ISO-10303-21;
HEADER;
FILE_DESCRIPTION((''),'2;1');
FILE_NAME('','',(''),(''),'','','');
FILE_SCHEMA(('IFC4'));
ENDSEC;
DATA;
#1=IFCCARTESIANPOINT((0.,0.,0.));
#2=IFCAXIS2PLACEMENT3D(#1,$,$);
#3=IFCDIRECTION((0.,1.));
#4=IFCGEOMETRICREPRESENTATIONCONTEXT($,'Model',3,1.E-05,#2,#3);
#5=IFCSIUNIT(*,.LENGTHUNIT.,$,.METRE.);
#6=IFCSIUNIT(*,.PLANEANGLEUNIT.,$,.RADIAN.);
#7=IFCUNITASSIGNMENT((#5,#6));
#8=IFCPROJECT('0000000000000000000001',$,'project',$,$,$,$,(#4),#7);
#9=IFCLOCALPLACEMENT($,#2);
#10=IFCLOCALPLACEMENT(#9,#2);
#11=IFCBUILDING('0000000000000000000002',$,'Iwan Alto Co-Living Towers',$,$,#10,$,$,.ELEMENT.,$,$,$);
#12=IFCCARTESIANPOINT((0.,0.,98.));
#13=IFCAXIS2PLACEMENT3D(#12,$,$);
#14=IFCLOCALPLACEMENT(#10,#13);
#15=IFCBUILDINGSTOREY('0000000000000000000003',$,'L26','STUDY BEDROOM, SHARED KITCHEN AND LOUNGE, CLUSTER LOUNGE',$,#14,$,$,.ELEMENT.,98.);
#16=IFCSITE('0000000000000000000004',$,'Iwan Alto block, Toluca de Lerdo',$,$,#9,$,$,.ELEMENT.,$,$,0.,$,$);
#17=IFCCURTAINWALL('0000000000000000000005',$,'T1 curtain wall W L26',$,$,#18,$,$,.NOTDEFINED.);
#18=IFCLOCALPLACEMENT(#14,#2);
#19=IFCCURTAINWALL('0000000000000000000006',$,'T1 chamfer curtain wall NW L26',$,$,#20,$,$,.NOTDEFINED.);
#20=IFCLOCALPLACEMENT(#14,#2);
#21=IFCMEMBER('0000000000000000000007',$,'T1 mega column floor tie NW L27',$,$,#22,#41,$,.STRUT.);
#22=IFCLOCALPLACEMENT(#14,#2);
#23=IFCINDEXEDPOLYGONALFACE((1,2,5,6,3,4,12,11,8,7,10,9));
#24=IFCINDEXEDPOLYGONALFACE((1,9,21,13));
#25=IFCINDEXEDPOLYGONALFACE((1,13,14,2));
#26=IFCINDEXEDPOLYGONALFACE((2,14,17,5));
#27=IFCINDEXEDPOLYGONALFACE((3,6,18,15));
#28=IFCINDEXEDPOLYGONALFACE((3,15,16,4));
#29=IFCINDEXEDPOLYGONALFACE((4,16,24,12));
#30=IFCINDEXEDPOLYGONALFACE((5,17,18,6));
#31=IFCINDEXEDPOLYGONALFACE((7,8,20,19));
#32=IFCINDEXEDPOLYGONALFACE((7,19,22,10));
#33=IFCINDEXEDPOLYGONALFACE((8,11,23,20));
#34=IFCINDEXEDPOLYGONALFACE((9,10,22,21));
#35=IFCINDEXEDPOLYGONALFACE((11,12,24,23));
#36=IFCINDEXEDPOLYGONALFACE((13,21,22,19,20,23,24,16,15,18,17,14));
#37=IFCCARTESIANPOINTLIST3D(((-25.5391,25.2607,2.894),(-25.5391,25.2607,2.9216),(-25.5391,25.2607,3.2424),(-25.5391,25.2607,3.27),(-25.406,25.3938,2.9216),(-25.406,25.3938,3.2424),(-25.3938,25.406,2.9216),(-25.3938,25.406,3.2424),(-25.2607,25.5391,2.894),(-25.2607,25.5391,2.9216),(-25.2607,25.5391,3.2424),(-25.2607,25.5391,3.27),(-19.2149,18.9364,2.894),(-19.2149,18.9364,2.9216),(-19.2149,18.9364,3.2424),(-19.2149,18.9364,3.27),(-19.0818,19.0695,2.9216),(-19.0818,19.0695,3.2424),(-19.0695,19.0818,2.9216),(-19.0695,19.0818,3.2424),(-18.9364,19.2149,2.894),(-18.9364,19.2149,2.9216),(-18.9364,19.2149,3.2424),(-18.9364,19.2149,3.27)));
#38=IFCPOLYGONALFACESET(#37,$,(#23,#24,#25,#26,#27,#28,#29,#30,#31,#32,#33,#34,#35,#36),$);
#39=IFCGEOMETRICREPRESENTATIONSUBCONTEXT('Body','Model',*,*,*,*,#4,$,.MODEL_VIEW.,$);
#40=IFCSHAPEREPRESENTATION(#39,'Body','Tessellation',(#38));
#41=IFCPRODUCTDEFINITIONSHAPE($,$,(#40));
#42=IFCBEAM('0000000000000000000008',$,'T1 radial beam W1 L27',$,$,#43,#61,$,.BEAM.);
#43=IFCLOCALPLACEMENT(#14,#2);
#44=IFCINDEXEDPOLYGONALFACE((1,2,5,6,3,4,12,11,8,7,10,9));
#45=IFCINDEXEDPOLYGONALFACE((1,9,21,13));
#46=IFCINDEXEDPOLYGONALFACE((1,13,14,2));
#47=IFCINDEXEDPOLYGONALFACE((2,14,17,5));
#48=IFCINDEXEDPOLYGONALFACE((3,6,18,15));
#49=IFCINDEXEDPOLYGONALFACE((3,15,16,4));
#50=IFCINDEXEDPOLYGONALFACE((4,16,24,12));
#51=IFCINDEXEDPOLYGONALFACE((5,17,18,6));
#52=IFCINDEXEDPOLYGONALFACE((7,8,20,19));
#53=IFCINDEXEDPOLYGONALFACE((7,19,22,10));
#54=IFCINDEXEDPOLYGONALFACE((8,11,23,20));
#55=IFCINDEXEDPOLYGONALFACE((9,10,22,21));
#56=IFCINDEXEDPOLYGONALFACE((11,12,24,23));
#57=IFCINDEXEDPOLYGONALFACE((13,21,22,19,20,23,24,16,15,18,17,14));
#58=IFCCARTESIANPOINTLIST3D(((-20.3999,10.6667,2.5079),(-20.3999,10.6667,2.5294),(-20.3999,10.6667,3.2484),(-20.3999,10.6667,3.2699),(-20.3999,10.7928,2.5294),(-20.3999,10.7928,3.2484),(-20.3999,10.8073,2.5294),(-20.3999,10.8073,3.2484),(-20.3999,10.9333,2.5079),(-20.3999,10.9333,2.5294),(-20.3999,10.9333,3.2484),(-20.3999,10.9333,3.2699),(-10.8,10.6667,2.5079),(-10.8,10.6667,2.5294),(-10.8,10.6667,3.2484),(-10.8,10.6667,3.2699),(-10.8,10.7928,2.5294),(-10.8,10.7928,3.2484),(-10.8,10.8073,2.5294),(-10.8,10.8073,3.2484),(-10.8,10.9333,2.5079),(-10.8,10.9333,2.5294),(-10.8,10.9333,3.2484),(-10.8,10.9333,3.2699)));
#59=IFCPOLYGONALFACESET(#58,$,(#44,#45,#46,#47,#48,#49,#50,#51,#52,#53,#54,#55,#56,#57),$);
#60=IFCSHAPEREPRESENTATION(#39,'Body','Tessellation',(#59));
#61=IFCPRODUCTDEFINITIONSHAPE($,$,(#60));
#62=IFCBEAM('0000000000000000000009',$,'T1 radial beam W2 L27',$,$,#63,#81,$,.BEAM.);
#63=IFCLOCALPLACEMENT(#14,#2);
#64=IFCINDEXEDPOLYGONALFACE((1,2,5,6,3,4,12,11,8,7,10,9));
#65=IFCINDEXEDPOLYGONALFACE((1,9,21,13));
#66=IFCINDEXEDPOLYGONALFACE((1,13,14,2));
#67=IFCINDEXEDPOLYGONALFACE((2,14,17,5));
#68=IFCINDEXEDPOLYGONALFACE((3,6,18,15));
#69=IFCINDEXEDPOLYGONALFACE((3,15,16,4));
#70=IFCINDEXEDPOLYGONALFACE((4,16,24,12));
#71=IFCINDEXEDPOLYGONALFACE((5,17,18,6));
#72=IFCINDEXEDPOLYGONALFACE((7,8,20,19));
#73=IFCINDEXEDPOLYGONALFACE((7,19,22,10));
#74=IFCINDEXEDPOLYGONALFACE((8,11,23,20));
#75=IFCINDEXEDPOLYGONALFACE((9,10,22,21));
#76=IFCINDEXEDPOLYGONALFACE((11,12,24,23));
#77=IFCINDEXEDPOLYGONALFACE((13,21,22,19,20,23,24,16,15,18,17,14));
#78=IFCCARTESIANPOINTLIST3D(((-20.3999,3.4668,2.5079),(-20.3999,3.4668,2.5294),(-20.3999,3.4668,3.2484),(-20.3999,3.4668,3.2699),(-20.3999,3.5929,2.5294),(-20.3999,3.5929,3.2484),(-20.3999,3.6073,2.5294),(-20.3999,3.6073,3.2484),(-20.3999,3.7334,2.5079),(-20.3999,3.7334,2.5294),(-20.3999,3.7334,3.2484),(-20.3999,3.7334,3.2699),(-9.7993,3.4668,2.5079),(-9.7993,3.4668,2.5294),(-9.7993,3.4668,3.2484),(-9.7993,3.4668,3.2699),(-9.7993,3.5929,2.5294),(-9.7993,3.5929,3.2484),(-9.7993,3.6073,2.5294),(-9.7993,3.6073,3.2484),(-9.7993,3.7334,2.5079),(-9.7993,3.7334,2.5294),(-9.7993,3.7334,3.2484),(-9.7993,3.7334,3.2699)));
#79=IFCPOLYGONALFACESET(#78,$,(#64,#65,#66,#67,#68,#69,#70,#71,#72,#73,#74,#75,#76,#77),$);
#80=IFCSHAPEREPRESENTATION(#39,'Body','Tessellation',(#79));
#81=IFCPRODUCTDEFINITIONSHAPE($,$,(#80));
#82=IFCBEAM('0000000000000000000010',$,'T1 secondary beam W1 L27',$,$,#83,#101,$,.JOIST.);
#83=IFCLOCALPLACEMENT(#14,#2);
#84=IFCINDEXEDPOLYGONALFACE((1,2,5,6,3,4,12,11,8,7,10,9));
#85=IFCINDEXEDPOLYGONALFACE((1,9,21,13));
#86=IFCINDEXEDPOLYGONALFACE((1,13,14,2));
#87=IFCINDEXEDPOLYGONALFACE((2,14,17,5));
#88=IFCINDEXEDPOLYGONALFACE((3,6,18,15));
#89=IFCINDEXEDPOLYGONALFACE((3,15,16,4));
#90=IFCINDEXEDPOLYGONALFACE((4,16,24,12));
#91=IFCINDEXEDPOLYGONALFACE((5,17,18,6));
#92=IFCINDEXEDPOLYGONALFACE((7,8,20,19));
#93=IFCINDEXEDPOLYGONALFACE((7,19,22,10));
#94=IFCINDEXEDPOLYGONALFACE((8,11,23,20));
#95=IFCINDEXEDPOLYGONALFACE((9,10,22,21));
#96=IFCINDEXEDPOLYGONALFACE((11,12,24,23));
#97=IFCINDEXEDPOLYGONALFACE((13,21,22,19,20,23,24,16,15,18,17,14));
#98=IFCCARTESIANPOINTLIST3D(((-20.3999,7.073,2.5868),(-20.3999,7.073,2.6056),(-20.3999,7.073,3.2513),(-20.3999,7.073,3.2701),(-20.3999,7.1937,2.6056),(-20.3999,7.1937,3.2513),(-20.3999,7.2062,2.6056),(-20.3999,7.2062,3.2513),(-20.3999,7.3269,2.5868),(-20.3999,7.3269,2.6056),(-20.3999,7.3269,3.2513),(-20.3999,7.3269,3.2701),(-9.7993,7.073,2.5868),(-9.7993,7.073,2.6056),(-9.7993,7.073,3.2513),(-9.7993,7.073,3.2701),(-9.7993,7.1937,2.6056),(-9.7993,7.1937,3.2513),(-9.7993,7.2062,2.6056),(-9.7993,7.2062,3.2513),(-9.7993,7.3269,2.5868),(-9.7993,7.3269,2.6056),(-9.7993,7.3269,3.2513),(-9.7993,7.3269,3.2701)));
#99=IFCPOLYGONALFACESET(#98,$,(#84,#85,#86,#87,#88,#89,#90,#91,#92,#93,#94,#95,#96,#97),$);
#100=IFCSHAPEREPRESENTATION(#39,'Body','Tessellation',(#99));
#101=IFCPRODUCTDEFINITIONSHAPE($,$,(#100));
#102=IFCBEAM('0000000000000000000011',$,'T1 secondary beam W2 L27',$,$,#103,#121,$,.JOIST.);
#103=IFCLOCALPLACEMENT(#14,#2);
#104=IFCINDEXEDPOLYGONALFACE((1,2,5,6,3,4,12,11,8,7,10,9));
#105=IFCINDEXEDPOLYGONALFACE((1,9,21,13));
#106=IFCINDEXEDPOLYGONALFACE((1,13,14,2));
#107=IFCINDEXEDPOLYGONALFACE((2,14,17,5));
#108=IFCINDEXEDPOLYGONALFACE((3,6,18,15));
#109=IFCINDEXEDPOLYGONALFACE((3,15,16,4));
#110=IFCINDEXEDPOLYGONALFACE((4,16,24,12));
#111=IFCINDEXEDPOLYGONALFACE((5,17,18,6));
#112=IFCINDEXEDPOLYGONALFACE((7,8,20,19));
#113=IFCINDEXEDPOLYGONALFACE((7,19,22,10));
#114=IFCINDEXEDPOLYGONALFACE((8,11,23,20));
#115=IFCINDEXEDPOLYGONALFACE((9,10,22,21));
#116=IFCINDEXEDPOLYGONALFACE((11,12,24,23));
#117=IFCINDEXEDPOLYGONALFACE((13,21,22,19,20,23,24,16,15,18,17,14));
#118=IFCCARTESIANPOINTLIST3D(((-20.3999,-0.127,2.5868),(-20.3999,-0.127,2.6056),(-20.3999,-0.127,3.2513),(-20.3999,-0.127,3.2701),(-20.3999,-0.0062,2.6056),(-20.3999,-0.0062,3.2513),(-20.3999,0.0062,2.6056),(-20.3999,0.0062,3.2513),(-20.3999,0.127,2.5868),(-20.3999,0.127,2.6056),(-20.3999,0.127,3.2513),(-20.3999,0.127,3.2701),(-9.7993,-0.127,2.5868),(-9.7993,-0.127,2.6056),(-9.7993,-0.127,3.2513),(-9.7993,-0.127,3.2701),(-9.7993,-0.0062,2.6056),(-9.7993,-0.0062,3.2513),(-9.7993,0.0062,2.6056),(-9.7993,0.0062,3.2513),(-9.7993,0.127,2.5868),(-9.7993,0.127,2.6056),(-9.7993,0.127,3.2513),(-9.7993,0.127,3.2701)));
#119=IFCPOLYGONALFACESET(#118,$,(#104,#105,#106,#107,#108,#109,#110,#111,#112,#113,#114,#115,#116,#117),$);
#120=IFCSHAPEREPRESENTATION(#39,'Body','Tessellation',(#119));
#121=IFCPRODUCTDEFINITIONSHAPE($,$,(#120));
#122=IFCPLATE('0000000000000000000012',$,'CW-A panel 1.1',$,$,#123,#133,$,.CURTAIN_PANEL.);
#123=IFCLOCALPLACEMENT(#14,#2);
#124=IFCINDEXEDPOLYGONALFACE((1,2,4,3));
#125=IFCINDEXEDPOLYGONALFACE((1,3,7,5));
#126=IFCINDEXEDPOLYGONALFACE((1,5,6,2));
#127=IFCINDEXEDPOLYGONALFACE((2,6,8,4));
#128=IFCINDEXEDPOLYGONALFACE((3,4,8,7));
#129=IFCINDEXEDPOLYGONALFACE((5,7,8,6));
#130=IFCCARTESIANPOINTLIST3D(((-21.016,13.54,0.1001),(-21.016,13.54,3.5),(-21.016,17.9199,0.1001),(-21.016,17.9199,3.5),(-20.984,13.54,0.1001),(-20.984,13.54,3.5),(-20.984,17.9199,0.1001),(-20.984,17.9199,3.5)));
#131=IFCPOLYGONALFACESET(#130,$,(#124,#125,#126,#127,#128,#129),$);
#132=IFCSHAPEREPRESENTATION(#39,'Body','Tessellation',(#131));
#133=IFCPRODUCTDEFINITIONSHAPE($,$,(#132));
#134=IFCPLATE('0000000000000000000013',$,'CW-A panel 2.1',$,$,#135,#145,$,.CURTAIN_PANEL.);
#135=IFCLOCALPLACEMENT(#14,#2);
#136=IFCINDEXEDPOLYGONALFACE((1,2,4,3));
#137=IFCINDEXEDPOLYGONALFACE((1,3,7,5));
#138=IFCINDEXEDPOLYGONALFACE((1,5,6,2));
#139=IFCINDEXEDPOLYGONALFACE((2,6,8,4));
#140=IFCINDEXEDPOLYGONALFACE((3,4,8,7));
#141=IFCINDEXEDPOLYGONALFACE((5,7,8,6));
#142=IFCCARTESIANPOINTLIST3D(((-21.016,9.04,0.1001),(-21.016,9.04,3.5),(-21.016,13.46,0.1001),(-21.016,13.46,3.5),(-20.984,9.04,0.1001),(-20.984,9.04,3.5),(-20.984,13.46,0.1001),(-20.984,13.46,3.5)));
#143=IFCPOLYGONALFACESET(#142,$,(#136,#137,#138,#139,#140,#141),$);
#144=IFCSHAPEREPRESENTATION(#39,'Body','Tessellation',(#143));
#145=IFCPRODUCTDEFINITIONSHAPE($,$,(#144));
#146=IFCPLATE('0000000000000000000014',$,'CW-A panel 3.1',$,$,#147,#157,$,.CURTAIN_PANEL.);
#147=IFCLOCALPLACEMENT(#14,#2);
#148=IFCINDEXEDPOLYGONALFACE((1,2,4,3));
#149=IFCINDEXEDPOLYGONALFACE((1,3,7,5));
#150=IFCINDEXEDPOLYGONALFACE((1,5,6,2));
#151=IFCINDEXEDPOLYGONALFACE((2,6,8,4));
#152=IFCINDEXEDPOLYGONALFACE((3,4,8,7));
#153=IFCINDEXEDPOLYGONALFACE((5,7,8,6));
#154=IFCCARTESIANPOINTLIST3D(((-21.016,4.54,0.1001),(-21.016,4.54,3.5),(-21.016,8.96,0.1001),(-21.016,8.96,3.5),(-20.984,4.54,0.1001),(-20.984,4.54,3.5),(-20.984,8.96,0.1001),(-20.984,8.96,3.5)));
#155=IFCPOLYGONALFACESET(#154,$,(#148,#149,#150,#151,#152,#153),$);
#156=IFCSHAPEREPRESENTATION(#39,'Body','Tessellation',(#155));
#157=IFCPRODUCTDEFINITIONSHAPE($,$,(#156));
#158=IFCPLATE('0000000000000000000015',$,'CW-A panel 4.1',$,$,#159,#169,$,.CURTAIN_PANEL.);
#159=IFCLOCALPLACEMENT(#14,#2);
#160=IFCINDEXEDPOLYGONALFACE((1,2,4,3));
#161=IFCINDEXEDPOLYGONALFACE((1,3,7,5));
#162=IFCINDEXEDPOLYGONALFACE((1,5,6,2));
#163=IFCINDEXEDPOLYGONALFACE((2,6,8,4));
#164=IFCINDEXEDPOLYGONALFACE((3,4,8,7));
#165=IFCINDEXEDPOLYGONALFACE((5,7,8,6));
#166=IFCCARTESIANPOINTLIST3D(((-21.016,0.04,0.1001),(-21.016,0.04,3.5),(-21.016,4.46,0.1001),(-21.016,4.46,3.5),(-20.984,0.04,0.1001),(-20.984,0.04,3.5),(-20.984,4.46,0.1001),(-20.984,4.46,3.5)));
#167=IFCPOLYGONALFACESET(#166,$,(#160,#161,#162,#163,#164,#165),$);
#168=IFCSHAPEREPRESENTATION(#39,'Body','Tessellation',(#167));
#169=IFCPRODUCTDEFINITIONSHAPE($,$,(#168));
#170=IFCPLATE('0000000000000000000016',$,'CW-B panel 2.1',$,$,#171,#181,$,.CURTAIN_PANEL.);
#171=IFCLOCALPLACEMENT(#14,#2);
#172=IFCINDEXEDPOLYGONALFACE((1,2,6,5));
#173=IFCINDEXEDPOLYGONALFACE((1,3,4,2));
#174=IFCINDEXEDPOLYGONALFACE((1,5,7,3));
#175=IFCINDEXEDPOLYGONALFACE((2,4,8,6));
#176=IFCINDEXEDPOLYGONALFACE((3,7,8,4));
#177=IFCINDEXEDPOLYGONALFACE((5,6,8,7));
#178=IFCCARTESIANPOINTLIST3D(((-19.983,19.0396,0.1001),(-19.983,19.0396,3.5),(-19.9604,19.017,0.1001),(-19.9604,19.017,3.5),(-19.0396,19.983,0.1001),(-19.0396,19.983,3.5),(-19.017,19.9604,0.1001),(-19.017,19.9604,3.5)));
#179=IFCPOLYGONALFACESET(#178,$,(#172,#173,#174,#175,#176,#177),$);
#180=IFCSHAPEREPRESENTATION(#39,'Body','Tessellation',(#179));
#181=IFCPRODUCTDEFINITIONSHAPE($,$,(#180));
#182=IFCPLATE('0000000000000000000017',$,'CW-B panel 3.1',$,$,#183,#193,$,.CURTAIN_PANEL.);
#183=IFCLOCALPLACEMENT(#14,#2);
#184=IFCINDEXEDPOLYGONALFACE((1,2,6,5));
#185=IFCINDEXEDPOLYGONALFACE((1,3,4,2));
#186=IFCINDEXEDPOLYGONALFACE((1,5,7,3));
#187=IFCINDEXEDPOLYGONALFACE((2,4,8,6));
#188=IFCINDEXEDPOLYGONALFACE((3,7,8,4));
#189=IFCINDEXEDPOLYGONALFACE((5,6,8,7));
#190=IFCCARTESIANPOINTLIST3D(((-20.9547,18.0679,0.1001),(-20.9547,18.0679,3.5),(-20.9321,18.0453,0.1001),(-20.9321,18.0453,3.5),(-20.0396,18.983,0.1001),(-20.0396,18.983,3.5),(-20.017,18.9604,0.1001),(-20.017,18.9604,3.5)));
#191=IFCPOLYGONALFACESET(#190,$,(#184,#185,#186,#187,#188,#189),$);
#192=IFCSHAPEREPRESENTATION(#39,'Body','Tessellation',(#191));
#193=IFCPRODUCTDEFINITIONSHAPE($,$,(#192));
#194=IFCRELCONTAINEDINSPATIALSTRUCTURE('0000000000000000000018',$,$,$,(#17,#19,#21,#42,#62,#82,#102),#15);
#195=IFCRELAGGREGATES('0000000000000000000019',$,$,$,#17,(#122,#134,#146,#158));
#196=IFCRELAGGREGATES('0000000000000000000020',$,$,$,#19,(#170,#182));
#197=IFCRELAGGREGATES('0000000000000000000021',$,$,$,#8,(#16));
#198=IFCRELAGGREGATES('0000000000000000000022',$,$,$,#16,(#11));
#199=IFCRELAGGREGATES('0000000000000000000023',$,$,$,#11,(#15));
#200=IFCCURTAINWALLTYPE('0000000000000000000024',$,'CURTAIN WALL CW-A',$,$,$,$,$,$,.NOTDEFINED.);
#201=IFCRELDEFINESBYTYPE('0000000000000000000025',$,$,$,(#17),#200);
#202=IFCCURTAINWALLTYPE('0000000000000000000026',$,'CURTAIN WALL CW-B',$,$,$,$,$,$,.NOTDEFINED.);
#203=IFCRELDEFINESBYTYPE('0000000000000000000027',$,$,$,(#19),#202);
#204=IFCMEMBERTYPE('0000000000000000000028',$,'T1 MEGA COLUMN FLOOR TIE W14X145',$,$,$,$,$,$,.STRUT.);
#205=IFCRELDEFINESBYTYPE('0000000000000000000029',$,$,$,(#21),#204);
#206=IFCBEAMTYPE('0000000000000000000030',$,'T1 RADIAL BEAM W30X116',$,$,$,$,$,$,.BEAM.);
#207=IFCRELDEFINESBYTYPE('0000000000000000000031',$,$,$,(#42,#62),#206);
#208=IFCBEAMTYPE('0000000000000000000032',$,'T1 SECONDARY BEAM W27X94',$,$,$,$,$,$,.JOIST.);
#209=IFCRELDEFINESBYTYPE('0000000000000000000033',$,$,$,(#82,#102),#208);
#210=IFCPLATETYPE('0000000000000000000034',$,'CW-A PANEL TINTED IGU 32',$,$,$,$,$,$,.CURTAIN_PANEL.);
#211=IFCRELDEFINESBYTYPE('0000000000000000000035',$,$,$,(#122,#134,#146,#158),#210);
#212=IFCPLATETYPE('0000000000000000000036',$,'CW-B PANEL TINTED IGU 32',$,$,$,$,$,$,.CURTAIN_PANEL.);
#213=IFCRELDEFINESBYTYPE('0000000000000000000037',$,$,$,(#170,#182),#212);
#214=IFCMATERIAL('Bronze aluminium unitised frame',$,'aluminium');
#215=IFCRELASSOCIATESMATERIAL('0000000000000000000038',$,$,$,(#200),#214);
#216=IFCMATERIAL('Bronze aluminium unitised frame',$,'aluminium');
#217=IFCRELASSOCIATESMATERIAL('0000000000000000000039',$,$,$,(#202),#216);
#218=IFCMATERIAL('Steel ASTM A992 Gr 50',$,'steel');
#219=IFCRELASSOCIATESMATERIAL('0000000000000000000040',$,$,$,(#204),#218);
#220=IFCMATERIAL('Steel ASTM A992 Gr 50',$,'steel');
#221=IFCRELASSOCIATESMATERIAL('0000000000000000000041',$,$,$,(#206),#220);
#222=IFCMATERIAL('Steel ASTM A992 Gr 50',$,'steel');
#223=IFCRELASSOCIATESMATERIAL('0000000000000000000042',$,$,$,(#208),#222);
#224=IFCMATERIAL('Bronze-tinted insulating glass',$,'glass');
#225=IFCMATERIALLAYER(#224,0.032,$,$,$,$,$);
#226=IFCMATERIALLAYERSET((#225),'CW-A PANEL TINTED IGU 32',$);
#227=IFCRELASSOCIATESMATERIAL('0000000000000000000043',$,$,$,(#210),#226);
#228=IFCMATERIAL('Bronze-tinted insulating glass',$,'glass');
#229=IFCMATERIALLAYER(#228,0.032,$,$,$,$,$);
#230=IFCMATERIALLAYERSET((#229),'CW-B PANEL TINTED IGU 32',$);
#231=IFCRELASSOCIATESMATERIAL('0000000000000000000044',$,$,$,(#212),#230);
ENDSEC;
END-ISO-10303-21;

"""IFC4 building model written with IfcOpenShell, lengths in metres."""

from ifc_helpers import new_model, si_unit, direction, frame, origin, origin_2d, place, context, subcontext, project, spatial, rectangle, i_section, extrude, material, layer, layer_set, material_profile, profile_set, type_object, element, aggregate, save


model = new_model("IFC4")

# Units and contexts
model_context = context("Model", 3, precision=1e-05, world=origin(), true_north=direction((0.0, 1.0)))
body_context = subcontext(model_context, "Body", "Model", "MODEL_VIEW")
ifc_project = project(units=[si_unit("LENGTHUNIT", "METRE"), si_unit("PLANEANGLEUNIT", "RADIAN")], contexts=[model_context])

# Site, building, storey
site_placement = place(None, origin())
site = spatial("IfcSite", under=ifc_project, at=site_placement, Name="Iwan Alto block, Toluca de Lerdo", CompositionType="ELEMENT", RefElevation=0.0)
building_placement = place(site_placement, origin())
building = spatial("IfcBuilding", under=site, at=building_placement, Name="Iwan Alto Co-Living Towers", CompositionType="ELEMENT")
storey_placement = place(building_placement, frame((0.0, 0.0, 98.0)))
storey = spatial("IfcBuildingStorey", under=building, at=storey_placement, Name="L26", Description="STUDY BEDROOM, SHARED KITCHEN AND LOUNGE, CLUSTER LOUNGE", CompositionType="ELEMENT", Elevation=98.0)

# Curtain walls
ifc_material_1 = material(Name="Bronze aluminium unitised frame", Category="aluminium")
curtain_wall_type_1 = type_object("IfcCurtainWallType", Name="CURTAIN WALL CW-A", PredefinedType="NOTDEFINED", material=ifc_material_1)
curtain_wall_1_placement = place(storey_placement, origin())
curtain_wall_1 = element("IfcCurtainWall", 1, at=curtain_wall_1_placement, inside=storey, type_object=curtain_wall_type_1, Name="T1 curtain wall W L26", PredefinedType="NOTDEFINED")
ifc_material_2 = material(Name="Bronze aluminium unitised frame", Category="aluminium")
curtain_wall_type_2 = type_object("IfcCurtainWallType", Name="CURTAIN WALL CW-B", PredefinedType="NOTDEFINED", material=ifc_material_2)
curtain_wall_2_placement = place(storey_placement, origin())
curtain_wall_2 = element("IfcCurtainWall", 2, at=curtain_wall_2_placement, inside=storey, type_object=curtain_wall_type_2, Name="T1 chamfer curtain wall NW L26", PredefinedType="NOTDEFINED")

# Member
ifc_material_3 = material(Name="Steel ASTM A992 Gr 50", Category="steel")
ifc_material_profile_1 = material_profile(ifc_material_3, i_section(OverallWidth=0.3938, OverallDepth=0.376, WebThickness=0.0173, FlangeThickness=0.0276, at=origin_2d()), Name="W14X145")
ifc_profile_set_1 = profile_set([ifc_material_profile_1], Name="Steel ASTM A992 Gr 50")
member_type_1 = type_object("IfcMemberType", Name="T1 MEGA COLUMN FLOOR TIE W14X145", PredefinedType="STRUT", material=ifc_profile_set_1)
member_1_placement = place(storey_placement, frame((-25.3999, 25.3999, 3.082), z_axis=(0.707107, -0.707107, 0.0), x_axis=(0.707107, 0.707107, 0.0)))
element("IfcMember", 3, at=member_1_placement, inside=storey, type_object=member_type_1, Name="T1 mega column floor tie NW L27", PredefinedType="STRUT", context=body_context, shape_type="SweptSolid", body=[
    extrude(i_section(OverallWidth=0.3938, OverallDepth=0.376, WebThickness=0.0173, FlangeThickness=0.0276, at=origin_2d()), origin(), (0.0, 0.0, 1.0), 8.9438),
])

# Beams
ifc_material_4 = material(Name="Steel ASTM A992 Gr 50", Category="steel")
ifc_material_profile_2 = material_profile(ifc_material_4, i_section(OverallWidth=0.2666, OverallDepth=0.762, WebThickness=0.0144, FlangeThickness=0.0215, at=origin_2d()), Name="W30X116")
ifc_profile_set_2 = profile_set([ifc_material_profile_2], Name="Steel ASTM A992 Gr 50")
beam_type_1 = type_object("IfcBeamType", Name="T1 RADIAL BEAM W30X116", PredefinedType="BEAM", material=ifc_profile_set_2)
beam_1_placement = place(storey_placement, frame((-20.3999, 10.8, 2.8889), z_axis=(1.0, 0.0, 0.0), x_axis=(0.0, 1.0, 0.0)))
element("IfcBeam", 4, at=beam_1_placement, inside=storey, type_object=beam_type_1, Name="T1 radial beam W1 L27", PredefinedType="BEAM", context=body_context, shape_type="SweptSolid", body=[
    extrude(i_section(OverallWidth=0.2666, OverallDepth=0.762, WebThickness=0.0144, FlangeThickness=0.0215, at=origin_2d()), origin(), (0.0, 0.0, 1.0), 9.5999),
])
beam_2_placement = place(storey_placement, frame((-20.3999, 3.6001, 2.8889), z_axis=(1.0, 0.0, 0.0), x_axis=(0.0, 1.0, 0.0)))
element("IfcBeam", 5, at=beam_2_placement, inside=storey, type_object=beam_type_1, Name="T1 radial beam W2 L27", PredefinedType="BEAM", context=body_context, shape_type="SweptSolid", body=[
    extrude(i_section(OverallWidth=0.2666, OverallDepth=0.762, WebThickness=0.0144, FlangeThickness=0.0215, at=origin_2d()), origin(), (0.0, 0.0, 1.0), 10.6006),
])
ifc_material_5 = material(Name="Steel ASTM A992 Gr 50", Category="steel")
ifc_material_profile_3 = material_profile(ifc_material_5, i_section(OverallWidth=0.2539, OverallDepth=0.6833, WebThickness=0.0125, FlangeThickness=0.0188, at=origin_2d()), Name="W27X94")
ifc_profile_set_3 = profile_set([ifc_material_profile_3], Name="Steel ASTM A992 Gr 50")
beam_type_2 = type_object("IfcBeamType", Name="T1 SECONDARY BEAM W27X94", PredefinedType="JOIST", material=ifc_profile_set_3)
for number, where, z_axis, x_axis, name in (
    (6, (-20.3999, 7.2, 2.9285), (1.0, 0.0, 0.0), (0.0, 1.0, 0.0), "T1 secondary beam W1 L27"),
    (7, (-20.3999, 0.0, 2.9285), (1.0, 0.0, 0.0), (0.0, 1.0, 0.0), "T1 secondary beam W2 L27"),
):
    element("IfcBeam", number, at=place(storey_placement, frame(where, z_axis=z_axis, x_axis=x_axis)), inside=storey, type_object=beam_type_2, Name=name, PredefinedType="JOIST", context=body_context, shape_type="SweptSolid", body=[
        extrude(i_section(OverallWidth=0.2539, OverallDepth=0.6833, WebThickness=0.0125, FlangeThickness=0.0188, at=origin_2d()), origin(), (0.0, 0.0, 1.0), 10.6006),
    ])

# Plates
ifc_material_6 = material(Name="Bronze-tinted insulating glass", Category="glass")
ifc_layer_1 = layer(ifc_material_6, 0.032)
ifc_layer_set_1 = layer_set([ifc_layer_1], Name="CW-A PANEL TINTED IGU 32")
plate_type_1 = type_object("IfcPlateType", Name="CW-A PANEL TINTED IGU 32", PredefinedType="CURTAIN_PANEL", material=ifc_layer_set_1)
plate_1_placement = place(storey_placement, frame((-21.0, 15.73, 0.1001), z_axis=(0.0, 0.0, 1.0), x_axis=(0.0, -1.0, 0.0)))
plate_1 = element("IfcPlate", 8, at=plate_1_placement, type_object=plate_type_1, Name="CW-A panel 1.1", PredefinedType="CURTAIN_PANEL", context=body_context, shape_type="SweptSolid", body=[
    extrude(rectangle(XDim=4.3799, YDim=0.032, at=origin_2d()), origin(), (0.0, 0.0, 1.0), 3.3999),
])
plate_2_placement = place(storey_placement, frame((-21.0, 11.25, 0.1001), z_axis=(0.0, 0.0, 1.0), x_axis=(0.0, -1.0, 0.0)))
plate_2 = element("IfcPlate", 9, at=plate_2_placement, type_object=plate_type_1, Name="CW-A panel 2.1", PredefinedType="CURTAIN_PANEL", context=body_context, shape_type="SweptSolid", body=[
    extrude(rectangle(XDim=4.4199, YDim=0.032, at=origin_2d()), origin(), (0.0, 0.0, 1.0), 3.3999),
])
plate_3_placement = place(storey_placement, frame((-21.0, 6.75, 0.1001), z_axis=(0.0, 0.0, 1.0), x_axis=(0.0, -1.0, 0.0)))
plate_3 = element("IfcPlate", 10, at=plate_3_placement, type_object=plate_type_1, Name="CW-A panel 3.1", PredefinedType="CURTAIN_PANEL", context=body_context, shape_type="SweptSolid", body=[
    extrude(rectangle(XDim=4.4199, YDim=0.032, at=origin_2d()), origin(), (0.0, 0.0, 1.0), 3.3999),
])
plate_4_placement = place(storey_placement, frame((-21.0, 2.25, 0.1001), z_axis=(0.0, 0.0, 1.0), x_axis=(0.0, -1.0, 0.0)))
plate_4 = element("IfcPlate", 11, at=plate_4_placement, type_object=plate_type_1, Name="CW-A panel 4.1", PredefinedType="CURTAIN_PANEL", context=body_context, shape_type="SweptSolid", body=[
    extrude(rectangle(XDim=4.4199, YDim=0.032, at=origin_2d()), origin(), (0.0, 0.0, 1.0), 3.3999),
])
aggregate(curtain_wall_1, [plate_1, plate_2, plate_3, plate_4])
ifc_material_7 = material(Name="Bronze-tinted insulating glass", Category="glass")
ifc_layer_2 = layer(ifc_material_7, 0.032)
ifc_layer_set_2 = layer_set([ifc_layer_2], Name="CW-B PANEL TINTED IGU 32")
plate_type_2 = type_object("IfcPlateType", Name="CW-B PANEL TINTED IGU 32", PredefinedType="CURTAIN_PANEL", material=ifc_layer_set_2)
plate_5_placement = place(storey_placement, frame((-19.5, 19.5, 0.1001), z_axis=(0.0, 0.0, 1.0), x_axis=(-0.707107, -0.707107, 0.0)))
plate_5 = element("IfcPlate", 12, at=plate_5_placement, type_object=plate_type_2, Name="CW-B panel 2.1", PredefinedType="CURTAIN_PANEL", context=body_context, shape_type="SweptSolid", body=[
    extrude(rectangle(XDim=1.3342, YDim=0.032, at=origin_2d()), origin(), (0.0, 0.0, 1.0), 3.3999),
])
plate_6_placement = place(storey_placement, frame((-20.4858, 18.5142, 0.1001), z_axis=(0.0, 0.0, 1.0), x_axis=(-0.707107, -0.707107, 0.0)))
plate_6 = element("IfcPlate", 13, at=plate_6_placement, type_object=plate_type_2, Name="CW-B panel 3.1", PredefinedType="CURTAIN_PANEL", context=body_context, shape_type="SweptSolid", body=[
    extrude(rectangle(XDim=1.2942, YDim=0.032, at=origin_2d()), origin(), (0.0, 0.0, 1.0), 3.3999),
])
aggregate(curtain_wall_2, [plate_5, plate_6])

save(model, "model.ifc")
